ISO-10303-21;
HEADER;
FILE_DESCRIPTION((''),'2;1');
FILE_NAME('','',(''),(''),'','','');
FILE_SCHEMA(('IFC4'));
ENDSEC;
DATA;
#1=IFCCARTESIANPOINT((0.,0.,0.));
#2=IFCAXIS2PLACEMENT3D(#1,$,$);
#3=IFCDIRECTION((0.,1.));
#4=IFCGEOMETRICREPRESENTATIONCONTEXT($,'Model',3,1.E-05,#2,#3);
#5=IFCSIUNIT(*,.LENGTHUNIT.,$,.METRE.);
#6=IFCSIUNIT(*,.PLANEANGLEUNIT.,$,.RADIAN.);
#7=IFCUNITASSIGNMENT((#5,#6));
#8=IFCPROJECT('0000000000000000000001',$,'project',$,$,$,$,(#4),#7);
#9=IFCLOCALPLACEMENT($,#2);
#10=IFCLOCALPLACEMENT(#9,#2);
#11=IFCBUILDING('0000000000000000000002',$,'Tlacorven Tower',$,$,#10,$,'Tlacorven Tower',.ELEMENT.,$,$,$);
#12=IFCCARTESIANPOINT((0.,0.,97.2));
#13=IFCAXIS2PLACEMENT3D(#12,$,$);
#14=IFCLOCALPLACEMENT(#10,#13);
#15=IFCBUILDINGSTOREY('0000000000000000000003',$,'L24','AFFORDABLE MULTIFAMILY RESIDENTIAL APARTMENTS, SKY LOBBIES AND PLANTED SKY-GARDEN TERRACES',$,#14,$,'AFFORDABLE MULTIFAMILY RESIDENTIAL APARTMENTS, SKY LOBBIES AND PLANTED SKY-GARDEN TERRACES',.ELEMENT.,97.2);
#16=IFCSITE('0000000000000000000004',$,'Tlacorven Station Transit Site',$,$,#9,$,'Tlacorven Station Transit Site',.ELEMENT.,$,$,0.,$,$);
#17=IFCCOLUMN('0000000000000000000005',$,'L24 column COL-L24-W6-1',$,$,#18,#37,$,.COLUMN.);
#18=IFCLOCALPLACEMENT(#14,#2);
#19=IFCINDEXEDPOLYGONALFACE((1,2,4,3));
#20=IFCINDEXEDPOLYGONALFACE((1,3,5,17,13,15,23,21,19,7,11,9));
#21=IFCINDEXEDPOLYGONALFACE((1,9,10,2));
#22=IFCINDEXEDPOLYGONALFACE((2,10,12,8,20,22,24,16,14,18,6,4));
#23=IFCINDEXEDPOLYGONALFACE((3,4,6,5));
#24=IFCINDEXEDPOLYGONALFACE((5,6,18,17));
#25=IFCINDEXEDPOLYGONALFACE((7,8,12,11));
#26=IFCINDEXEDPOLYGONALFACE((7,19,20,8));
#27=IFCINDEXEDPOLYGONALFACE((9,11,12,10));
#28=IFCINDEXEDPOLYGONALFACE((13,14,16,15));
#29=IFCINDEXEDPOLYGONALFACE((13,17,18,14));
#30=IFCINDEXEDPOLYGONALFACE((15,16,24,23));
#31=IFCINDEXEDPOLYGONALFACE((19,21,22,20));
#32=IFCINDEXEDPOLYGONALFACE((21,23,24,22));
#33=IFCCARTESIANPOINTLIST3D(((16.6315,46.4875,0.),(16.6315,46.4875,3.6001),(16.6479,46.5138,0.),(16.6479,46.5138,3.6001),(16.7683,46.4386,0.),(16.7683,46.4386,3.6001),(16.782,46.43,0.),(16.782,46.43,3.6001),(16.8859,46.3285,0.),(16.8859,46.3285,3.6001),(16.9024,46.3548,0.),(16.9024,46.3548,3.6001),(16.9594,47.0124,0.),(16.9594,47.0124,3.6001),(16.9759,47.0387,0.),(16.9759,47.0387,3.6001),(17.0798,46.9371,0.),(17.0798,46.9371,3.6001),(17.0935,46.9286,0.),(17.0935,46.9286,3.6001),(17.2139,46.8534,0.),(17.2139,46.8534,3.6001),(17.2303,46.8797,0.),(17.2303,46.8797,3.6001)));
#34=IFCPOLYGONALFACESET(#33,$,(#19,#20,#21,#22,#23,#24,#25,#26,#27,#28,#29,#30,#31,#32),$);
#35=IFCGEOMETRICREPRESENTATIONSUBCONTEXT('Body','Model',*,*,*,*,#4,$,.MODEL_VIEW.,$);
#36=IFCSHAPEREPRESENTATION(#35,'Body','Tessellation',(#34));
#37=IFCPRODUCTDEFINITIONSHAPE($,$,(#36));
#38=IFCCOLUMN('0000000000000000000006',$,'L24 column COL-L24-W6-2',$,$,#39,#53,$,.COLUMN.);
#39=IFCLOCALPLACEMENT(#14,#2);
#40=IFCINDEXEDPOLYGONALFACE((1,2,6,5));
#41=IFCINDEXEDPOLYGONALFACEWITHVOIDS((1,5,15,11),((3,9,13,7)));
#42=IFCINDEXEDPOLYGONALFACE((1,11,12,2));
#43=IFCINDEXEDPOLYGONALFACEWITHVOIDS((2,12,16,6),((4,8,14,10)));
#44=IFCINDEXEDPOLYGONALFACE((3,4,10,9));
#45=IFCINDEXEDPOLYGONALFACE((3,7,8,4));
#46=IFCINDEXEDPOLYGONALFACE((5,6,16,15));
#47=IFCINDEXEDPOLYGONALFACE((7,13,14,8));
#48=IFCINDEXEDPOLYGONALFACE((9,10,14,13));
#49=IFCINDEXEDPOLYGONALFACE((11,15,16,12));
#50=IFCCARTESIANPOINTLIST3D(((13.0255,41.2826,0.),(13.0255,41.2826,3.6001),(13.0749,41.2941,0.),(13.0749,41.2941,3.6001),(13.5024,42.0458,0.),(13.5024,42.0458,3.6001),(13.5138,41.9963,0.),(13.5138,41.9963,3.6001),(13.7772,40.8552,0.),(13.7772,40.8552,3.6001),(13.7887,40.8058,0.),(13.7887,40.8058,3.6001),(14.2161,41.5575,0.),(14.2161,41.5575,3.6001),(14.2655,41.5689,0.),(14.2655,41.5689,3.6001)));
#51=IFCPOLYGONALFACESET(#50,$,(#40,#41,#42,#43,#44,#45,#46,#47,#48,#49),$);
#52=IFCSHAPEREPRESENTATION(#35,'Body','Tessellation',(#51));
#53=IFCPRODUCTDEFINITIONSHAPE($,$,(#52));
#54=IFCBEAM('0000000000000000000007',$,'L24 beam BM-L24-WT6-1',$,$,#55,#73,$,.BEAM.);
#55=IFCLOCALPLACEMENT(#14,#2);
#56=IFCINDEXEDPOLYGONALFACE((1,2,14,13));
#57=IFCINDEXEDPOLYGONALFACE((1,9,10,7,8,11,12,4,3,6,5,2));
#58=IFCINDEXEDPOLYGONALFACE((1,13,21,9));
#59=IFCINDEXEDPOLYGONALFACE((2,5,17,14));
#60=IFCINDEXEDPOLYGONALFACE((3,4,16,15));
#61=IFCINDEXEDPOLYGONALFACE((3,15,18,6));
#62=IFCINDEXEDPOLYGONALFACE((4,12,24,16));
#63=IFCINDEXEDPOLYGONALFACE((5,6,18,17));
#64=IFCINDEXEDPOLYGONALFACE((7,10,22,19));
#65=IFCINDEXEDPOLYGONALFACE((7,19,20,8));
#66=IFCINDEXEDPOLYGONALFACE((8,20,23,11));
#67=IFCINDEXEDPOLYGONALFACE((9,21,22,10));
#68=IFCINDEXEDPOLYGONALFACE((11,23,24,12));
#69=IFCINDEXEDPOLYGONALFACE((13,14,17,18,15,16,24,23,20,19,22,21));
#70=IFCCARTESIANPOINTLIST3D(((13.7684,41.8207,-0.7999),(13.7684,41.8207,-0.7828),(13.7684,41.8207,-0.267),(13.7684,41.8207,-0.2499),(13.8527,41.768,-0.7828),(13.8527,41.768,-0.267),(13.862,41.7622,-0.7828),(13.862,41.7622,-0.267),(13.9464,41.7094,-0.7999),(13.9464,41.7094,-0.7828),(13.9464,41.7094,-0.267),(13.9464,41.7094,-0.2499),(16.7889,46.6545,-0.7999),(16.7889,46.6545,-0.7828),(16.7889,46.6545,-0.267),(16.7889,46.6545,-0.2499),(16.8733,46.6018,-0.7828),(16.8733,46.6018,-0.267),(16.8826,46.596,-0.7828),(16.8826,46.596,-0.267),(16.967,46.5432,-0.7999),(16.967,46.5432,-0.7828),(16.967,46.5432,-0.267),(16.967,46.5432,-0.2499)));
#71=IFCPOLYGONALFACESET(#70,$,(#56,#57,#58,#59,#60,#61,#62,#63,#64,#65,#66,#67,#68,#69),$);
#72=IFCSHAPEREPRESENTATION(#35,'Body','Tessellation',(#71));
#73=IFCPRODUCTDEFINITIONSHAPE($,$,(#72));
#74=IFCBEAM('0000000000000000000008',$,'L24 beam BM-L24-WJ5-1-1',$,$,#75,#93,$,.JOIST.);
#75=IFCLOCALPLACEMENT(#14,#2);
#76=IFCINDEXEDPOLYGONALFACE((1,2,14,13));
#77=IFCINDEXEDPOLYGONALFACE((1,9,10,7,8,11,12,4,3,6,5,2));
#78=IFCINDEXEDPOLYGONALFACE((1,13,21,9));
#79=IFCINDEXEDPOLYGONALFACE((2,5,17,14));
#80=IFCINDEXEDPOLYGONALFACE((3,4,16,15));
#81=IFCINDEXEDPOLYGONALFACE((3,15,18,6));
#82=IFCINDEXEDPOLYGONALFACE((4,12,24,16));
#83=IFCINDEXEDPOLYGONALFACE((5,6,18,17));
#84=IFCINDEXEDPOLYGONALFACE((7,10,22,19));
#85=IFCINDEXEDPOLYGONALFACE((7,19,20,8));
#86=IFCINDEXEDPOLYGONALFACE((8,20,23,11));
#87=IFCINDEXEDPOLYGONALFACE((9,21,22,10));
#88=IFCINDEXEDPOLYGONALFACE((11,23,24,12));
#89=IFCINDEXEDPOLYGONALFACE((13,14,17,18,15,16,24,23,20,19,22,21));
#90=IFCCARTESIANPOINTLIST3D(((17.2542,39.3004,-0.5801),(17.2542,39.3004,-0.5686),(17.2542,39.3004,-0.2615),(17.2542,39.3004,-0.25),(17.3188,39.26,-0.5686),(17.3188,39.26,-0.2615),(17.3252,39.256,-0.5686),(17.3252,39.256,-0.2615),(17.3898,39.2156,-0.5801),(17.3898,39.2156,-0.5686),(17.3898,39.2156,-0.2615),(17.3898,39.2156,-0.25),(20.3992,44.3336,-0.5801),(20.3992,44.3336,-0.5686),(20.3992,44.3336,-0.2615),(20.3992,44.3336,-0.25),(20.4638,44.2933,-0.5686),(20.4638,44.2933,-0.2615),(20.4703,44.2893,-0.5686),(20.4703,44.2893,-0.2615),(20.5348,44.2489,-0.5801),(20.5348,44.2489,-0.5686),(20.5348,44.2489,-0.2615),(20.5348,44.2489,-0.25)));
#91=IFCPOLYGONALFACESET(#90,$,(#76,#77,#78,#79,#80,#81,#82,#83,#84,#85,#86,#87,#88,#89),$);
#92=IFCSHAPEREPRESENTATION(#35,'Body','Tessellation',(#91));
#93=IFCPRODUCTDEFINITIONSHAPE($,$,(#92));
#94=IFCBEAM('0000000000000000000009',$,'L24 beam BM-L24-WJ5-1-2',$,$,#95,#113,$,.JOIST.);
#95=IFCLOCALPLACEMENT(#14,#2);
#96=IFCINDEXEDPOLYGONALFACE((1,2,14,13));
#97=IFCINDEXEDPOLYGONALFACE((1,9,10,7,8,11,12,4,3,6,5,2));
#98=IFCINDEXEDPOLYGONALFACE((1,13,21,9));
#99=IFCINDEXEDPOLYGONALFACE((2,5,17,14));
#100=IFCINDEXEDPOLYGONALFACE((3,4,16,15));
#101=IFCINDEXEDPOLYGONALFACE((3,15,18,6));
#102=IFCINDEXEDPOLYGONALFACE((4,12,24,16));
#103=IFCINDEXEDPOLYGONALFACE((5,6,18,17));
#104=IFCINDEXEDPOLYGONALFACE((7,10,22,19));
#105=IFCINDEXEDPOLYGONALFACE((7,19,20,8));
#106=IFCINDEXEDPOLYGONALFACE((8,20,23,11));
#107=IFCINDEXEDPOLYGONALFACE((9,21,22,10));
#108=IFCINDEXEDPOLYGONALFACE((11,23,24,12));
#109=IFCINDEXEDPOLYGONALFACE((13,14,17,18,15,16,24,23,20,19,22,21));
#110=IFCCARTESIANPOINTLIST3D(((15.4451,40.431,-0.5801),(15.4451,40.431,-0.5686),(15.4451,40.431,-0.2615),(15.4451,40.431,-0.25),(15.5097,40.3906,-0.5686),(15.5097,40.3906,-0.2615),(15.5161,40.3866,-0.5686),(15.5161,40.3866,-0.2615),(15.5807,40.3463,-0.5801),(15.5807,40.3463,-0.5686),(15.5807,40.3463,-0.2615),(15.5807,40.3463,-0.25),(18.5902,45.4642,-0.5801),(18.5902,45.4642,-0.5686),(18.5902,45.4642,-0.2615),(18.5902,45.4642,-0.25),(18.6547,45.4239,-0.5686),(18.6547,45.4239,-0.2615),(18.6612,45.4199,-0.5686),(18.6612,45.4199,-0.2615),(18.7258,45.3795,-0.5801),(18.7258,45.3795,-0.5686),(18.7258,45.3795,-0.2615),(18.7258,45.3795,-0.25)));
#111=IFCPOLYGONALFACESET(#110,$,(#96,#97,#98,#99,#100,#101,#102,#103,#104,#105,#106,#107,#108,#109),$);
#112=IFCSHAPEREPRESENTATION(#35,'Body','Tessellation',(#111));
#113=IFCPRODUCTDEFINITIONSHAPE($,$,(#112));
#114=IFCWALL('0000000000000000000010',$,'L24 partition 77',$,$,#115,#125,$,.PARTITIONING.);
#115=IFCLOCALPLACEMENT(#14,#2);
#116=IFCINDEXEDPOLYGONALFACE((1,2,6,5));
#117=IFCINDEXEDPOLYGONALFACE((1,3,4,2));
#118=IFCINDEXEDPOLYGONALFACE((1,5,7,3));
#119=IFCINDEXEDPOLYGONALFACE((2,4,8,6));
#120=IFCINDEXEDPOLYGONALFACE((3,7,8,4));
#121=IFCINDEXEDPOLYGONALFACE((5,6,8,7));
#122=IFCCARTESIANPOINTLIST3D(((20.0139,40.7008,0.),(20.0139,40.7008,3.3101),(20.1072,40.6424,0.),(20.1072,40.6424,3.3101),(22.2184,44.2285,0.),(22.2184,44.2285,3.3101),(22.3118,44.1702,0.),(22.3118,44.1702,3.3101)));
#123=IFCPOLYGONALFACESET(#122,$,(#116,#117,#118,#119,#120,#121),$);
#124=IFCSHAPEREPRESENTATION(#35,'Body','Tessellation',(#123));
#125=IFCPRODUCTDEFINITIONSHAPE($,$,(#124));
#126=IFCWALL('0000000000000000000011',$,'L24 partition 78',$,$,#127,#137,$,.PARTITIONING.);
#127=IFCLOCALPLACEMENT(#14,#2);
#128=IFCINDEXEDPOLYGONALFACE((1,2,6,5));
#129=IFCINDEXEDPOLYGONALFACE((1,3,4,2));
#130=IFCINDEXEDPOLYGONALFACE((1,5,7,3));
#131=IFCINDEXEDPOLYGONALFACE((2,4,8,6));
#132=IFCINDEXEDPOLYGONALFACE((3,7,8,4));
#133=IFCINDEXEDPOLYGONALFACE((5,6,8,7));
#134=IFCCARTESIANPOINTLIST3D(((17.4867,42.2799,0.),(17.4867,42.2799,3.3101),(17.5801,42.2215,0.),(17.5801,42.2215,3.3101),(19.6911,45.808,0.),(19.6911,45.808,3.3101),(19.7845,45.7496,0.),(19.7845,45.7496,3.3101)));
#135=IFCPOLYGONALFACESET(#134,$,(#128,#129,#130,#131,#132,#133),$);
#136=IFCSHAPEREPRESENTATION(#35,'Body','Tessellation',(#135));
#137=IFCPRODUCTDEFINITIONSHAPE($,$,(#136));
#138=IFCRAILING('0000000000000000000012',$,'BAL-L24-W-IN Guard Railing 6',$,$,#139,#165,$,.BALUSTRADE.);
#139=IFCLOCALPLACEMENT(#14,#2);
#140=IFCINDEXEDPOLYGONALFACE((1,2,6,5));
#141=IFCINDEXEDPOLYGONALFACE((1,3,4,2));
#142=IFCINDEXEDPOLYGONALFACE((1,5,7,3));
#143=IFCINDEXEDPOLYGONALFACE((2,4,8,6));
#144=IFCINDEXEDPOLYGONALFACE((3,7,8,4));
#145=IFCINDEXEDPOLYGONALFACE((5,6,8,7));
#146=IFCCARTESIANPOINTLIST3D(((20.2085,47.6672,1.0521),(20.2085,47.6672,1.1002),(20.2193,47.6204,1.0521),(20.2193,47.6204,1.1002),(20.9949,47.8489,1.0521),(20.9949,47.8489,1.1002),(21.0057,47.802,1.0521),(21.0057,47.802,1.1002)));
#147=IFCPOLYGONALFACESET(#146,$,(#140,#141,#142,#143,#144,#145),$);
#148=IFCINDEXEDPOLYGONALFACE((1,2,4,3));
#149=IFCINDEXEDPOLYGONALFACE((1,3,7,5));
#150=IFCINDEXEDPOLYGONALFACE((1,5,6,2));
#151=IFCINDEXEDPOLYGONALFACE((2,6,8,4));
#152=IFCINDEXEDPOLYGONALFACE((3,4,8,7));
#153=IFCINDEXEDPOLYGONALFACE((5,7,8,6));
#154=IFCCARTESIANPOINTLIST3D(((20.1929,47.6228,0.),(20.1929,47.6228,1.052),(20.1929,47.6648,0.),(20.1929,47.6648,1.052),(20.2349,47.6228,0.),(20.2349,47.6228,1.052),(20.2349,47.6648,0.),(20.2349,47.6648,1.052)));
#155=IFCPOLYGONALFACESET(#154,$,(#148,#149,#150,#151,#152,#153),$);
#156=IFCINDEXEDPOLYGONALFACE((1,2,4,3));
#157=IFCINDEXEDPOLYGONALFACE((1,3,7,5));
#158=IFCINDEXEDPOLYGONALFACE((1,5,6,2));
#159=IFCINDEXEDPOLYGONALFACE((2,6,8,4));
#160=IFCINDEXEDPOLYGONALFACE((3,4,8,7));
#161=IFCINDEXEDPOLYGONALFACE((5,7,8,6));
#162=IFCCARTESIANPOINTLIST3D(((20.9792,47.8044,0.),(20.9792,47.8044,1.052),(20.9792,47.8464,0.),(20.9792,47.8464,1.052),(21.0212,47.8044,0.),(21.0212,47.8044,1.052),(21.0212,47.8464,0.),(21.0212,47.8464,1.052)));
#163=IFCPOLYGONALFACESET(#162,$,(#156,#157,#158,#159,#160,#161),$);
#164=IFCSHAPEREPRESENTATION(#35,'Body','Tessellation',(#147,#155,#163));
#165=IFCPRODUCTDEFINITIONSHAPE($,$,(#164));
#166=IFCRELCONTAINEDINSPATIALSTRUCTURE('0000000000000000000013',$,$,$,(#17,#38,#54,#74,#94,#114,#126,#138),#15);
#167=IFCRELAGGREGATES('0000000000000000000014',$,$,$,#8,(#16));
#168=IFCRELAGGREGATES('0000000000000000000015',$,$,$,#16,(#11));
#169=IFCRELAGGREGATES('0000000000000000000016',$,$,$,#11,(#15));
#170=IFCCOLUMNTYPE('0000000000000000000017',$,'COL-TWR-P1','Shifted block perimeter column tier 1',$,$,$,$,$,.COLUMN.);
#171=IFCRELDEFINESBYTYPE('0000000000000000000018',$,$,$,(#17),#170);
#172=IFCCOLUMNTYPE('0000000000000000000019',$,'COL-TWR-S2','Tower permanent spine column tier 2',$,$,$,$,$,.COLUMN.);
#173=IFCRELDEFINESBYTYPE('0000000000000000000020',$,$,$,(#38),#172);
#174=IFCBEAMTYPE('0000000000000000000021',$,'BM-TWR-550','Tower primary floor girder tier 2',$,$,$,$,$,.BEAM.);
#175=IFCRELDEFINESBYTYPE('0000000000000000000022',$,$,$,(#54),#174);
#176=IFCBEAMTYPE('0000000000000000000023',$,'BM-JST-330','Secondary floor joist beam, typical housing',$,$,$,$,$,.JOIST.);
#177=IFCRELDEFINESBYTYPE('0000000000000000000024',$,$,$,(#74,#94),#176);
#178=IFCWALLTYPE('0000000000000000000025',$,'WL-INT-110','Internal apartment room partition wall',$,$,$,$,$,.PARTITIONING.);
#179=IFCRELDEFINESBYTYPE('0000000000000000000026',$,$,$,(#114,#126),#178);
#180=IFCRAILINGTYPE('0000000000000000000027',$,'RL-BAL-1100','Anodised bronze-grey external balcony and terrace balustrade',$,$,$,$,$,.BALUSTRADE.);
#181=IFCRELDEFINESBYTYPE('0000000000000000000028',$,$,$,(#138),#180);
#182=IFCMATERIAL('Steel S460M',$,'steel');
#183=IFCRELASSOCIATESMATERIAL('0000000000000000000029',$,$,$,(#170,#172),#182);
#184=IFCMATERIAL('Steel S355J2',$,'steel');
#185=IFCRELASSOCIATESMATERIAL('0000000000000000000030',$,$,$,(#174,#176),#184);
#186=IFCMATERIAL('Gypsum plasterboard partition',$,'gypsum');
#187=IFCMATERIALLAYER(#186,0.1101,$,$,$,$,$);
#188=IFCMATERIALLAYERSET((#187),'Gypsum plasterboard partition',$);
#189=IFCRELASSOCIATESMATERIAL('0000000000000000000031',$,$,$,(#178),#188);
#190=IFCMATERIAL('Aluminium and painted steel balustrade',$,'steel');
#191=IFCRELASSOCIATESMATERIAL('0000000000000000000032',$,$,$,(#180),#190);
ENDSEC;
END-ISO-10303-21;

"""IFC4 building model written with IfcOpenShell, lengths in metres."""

from ifc_helpers import new_model, si_unit, direction, frame, frame_2d, origin, origin_2d, place, context, subcontext, project, spatial, rectangle, hollow_rectangle, i_section, extrude, source, transform, mapped, material, layer, layer_set, material_profile, profile_set, type_object, element, save


model = new_model("IFC4")

# Units and contexts
model_context = context("Model", 3, precision=1e-05, world=origin(), true_north=direction((0.0, 1.0)))
body_context = subcontext(model_context, "Body", "Model", "MODEL_VIEW")
ifc_project = project(units=[si_unit("LENGTHUNIT", "METRE"), si_unit("PLANEANGLEUNIT", "RADIAN")], contexts=[model_context])

# Site, building, storey
site_placement = place(None, origin())
site = spatial("IfcSite", under=ifc_project, at=site_placement, Name="Tlacorven Station Transit Site", LongName="Tlacorven Station Transit Site", CompositionType="ELEMENT", RefElevation=0.0)
building_placement = place(site_placement, origin())
building = spatial("IfcBuilding", under=site, at=building_placement, Name="Tlacorven Tower", LongName="Tlacorven Tower", CompositionType="ELEMENT")
storey_placement = place(building_placement, frame((0.0, 0.0, 97.2)))
storey = spatial("IfcBuildingStorey", under=building, at=storey_placement, Name="L24", Description="AFFORDABLE MULTIFAMILY RESIDENTIAL APARTMENTS, SKY LOBBIES AND PLANTED SKY-GARDEN TERRACES", LongName="AFFORDABLE MULTIFAMILY RESIDENTIAL APARTMENTS, SKY LOBBIES AND PLANTED SKY-GARDEN TERRACES", CompositionType="ELEMENT", Elevation=97.2)

# Columns
ifc_material_1 = material(Name="Steel S460M", Category="steel")
ifc_material_profile_1 = material_profile(ifc_material_1, i_section(OverallWidth=0.3, OverallDepth=0.6499, WebThickness=0.0161, FlangeThickness=0.031, at=origin_2d()), Name="HEB 650")
ifc_profile_set_1 = profile_set([ifc_material_profile_1], Name="Steel S460M")
column_type_1 = type_object("IfcColumnType", Name="COL-TWR-P1", Description="Shifted block perimeter column tier 1", PredefinedType="COLUMN", material=ifc_profile_set_1)
shared_shape_1 = source(origin(), body_context, "Body", "SweptSolid", [
    extrude(i_section(OverallWidth=0.3, OverallDepth=0.6499, WebThickness=0.0161, FlangeThickness=0.031, at=origin_2d()), origin(), (0.0, 0.0, 1.0), 3.6001),
])
column_1_placement = place(storey_placement, frame((16.9309, 46.6836, 0.0), z_axis=(0.0, 0.0, 1.0), x_axis=(-0.848048, 0.529919, 0.0)))
element("IfcColumn", 1, at=column_1_placement, inside=storey, type_object=column_type_1, Name="L24 column COL-L24-W6-1", PredefinedType="COLUMN", context=body_context, shape_type="MappedRepresentation", body=[
    mapped(shared_shape_1, transform((0.0, 0.0, 0.0), scale=1.0)),
])
ifc_material_profile_2 = material_profile(ifc_material_1, hollow_rectangle(XDim=0.8999, YDim=0.8999, WallThickness=0.0359, at=origin_2d()), Name="BOX 900X900X36")
ifc_profile_set_2 = profile_set([ifc_material_profile_2], Name="Steel S460M")
column_type_2 = type_object("IfcColumnType", Name="COL-TWR-S2", Description="Tower permanent spine column tier 2", PredefinedType="COLUMN", material=ifc_profile_set_2)
shared_shape_2 = source(origin(), body_context, "Body", "SweptSolid", [
    extrude(hollow_rectangle(XDim=0.8999, YDim=0.8999, WallThickness=0.0359, at=origin_2d()), origin(), (0.0, 0.0, 1.0), 3.6001),
])
column_2_placement = place(storey_placement, frame((13.6455, 41.4258, 0.0), z_axis=(0.0, 0.0, 1.0), x_axis=(-0.848048, 0.529919, 0.0)))
element("IfcColumn", 2, at=column_2_placement, inside=storey, type_object=column_type_2, Name="L24 column COL-L24-W6-2", PredefinedType="COLUMN", context=body_context, shape_type="MappedRepresentation", body=[
    mapped(shared_shape_2, transform((0.0, 0.0, 0.0), scale=1.0)),
])

# Beams
ifc_material_2 = material(Name="Steel S355J2", Category="steel")
ifc_material_profile_3 = material_profile(ifc_material_2, i_section(OverallWidth=0.21, OverallDepth=0.55, WebThickness=0.011, FlangeThickness=0.0171, at=origin_2d()), Name="IPE 550")
ifc_profile_set_3 = profile_set([ifc_material_profile_3], Name="Steel S355J2")
beam_type_1 = type_object("IfcBeamType", Name="BM-TWR-550", Description="Tower primary floor girder tier 2", PredefinedType="BEAM", material=ifc_profile_set_3)
shared_shape_3 = source(origin(), body_context, "Body", "SweptSolid", [
    extrude(i_section(OverallWidth=0.21, OverallDepth=0.55, WebThickness=0.011, FlangeThickness=0.0171, at=origin_2d()), origin(), (0.0, 0.0, 1.0), 5.7),
])
beam_placement = place(storey_placement, frame((16.8779, 46.5989, -0.5249), z_axis=(-0.529926, -0.848044, 0.0), x_axis=(0.848044, -0.529926, 0.0)))
element("IfcBeam", 3, at=beam_placement, inside=storey, type_object=beam_type_1, Name="L24 beam BM-L24-WT6-1", PredefinedType="BEAM", context=body_context, shape_type="MappedRepresentation", body=[
    mapped(shared_shape_3, transform((0.0, 0.0, 0.0), scale=1.0)),
])
ifc_material_profile_4 = material_profile(ifc_material_2, i_section(OverallWidth=0.1599, OverallDepth=0.3301, WebThickness=0.0076, FlangeThickness=0.0115, at=origin_2d()), Name="IPE 330")
ifc_profile_set_4 = profile_set([ifc_material_profile_4], Name="Steel S355J2")
beam_type_2 = type_object("IfcBeamType", Name="BM-JST-330", Description="Secondary floor joist beam, typical housing", PredefinedType="JOIST", material=ifc_profile_set_4)
shared_shape_4 = source(origin(), body_context, "Body", "SweptSolid", [
    extrude(i_section(OverallWidth=0.1599, OverallDepth=0.3301, WebThickness=0.0076, FlangeThickness=0.0115, at=origin_2d()), origin(), (0.0, 0.0, 1.0), 5.9351),
])
for number, where, z_axis, x_axis, name in (
    (4, (20.467, 44.2913, -0.415), (-0.52991, -0.848054, 0.0), (0.848054, -0.52991, 0.0), "L24 beam BM-L24-WJ5-1-1"),
    (5, (18.658, 45.4219, -0.415), (-0.52991, -0.848054, 0.0), (0.848054, -0.52991, 0.0), "L24 beam BM-L24-WJ5-1-2"),
):
    element("IfcBeam", number, at=place(storey_placement, frame(where, z_axis=z_axis, x_axis=x_axis)), inside=storey, type_object=beam_type_2, Name=name, PredefinedType="JOIST", context=body_context, shape_type="MappedRepresentation", body=[
        mapped(shared_shape_4, transform((0.0, 0.0, 0.0), scale=1.0)),
    ])

# Walls
ifc_material_3 = material(Name="Gypsum plasterboard partition", Category="gypsum")
ifc_layer_1 = layer(ifc_material_3, 0.1101)
ifc_layer_set_1 = layer_set([ifc_layer_1], Name="Gypsum plasterboard partition")
wall_type_1 = type_object("IfcWallType", Name="WL-INT-110", Description="Internal apartment room partition wall", PredefinedType="PARTITIONING", material=ifc_layer_set_1)
wall_1_placement = place(storey_placement, frame((22.2651, 44.1995, 0.0), z_axis=(0.0, 0.0, 1.0), x_axis=(-0.529946, -0.848031, 0.0)))
element("IfcWall", 6, at=wall_1_placement, inside=storey, type_object=wall_type_1, Name="L24 partition 77", PredefinedType="PARTITIONING", context=body_context, shape_type="SweptSolid", body=[
    extrude(rectangle(XDim=4.1599, YDim=0.1101, at=frame_2d((2.0801, 0.0))), origin(), (0.0, 0.0, 1.0), 3.3101),
])
wall_2_placement = place(storey_placement, frame((19.7378, 45.7788, 0.0), z_axis=(0.0, 0.0, 1.0), x_axis=(-0.529878, -0.848074, 0.0)))
element("IfcWall", 7, at=wall_2_placement, inside=storey, type_object=wall_type_1, Name="L24 partition 78", PredefinedType="PARTITIONING", context=body_context, shape_type="SweptSolid", body=[
    extrude(rectangle(XDim=4.1602, YDim=0.1101, at=frame_2d((2.0801, 0.0))), origin(), (0.0, 0.0, 1.0), 3.3101),
])

# Railing
ifc_material_4 = material(Name="Aluminium and painted steel balustrade", Category="steel")
railing_type = type_object("IfcRailingType", Name="RL-BAL-1100", Description="Anodised bronze-grey external balcony and terrace balustrade", PredefinedType="BALUSTRADE", material=ifc_material_4)
shared_shape_5 = source(origin(), body_context, "Body", "SweptSolid", [
    extrude(rectangle(XDim=0.0481, YDim=0.0481, at=origin_2d()), frame((0.0, 0.0, 1.0762), z_axis=(0.974345, 0.225058, 0.0), x_axis=(-0.225058, 0.974345, 0.0)), (0.0, 0.0, 1.0), 0.8071),
    extrude(rectangle(XDim=0.042, YDim=0.042, at=origin_2d()), origin(), (0.0, 0.0, 1.0), 1.052),
    extrude(rectangle(XDim=0.042, YDim=0.042, at=origin_2d()), frame((0.7864, 0.1816, 0.0)), (0.0, 0.0, 1.0), 1.052),
])
railing_1_placement = place(storey_placement, frame((20.2139, 47.6438, 0.0)))
element("IfcRailing", 8, at=railing_1_placement, inside=storey, type_object=railing_type, Name="BAL-L24-W-IN Guard Railing 6", PredefinedType="BALUSTRADE", context=body_context, shape_type="MappedRepresentation", body=[
    mapped(shared_shape_5, transform((0.0, 0.0, 0.0), scale=1.0)),
])

save(model, "model.ifc")
